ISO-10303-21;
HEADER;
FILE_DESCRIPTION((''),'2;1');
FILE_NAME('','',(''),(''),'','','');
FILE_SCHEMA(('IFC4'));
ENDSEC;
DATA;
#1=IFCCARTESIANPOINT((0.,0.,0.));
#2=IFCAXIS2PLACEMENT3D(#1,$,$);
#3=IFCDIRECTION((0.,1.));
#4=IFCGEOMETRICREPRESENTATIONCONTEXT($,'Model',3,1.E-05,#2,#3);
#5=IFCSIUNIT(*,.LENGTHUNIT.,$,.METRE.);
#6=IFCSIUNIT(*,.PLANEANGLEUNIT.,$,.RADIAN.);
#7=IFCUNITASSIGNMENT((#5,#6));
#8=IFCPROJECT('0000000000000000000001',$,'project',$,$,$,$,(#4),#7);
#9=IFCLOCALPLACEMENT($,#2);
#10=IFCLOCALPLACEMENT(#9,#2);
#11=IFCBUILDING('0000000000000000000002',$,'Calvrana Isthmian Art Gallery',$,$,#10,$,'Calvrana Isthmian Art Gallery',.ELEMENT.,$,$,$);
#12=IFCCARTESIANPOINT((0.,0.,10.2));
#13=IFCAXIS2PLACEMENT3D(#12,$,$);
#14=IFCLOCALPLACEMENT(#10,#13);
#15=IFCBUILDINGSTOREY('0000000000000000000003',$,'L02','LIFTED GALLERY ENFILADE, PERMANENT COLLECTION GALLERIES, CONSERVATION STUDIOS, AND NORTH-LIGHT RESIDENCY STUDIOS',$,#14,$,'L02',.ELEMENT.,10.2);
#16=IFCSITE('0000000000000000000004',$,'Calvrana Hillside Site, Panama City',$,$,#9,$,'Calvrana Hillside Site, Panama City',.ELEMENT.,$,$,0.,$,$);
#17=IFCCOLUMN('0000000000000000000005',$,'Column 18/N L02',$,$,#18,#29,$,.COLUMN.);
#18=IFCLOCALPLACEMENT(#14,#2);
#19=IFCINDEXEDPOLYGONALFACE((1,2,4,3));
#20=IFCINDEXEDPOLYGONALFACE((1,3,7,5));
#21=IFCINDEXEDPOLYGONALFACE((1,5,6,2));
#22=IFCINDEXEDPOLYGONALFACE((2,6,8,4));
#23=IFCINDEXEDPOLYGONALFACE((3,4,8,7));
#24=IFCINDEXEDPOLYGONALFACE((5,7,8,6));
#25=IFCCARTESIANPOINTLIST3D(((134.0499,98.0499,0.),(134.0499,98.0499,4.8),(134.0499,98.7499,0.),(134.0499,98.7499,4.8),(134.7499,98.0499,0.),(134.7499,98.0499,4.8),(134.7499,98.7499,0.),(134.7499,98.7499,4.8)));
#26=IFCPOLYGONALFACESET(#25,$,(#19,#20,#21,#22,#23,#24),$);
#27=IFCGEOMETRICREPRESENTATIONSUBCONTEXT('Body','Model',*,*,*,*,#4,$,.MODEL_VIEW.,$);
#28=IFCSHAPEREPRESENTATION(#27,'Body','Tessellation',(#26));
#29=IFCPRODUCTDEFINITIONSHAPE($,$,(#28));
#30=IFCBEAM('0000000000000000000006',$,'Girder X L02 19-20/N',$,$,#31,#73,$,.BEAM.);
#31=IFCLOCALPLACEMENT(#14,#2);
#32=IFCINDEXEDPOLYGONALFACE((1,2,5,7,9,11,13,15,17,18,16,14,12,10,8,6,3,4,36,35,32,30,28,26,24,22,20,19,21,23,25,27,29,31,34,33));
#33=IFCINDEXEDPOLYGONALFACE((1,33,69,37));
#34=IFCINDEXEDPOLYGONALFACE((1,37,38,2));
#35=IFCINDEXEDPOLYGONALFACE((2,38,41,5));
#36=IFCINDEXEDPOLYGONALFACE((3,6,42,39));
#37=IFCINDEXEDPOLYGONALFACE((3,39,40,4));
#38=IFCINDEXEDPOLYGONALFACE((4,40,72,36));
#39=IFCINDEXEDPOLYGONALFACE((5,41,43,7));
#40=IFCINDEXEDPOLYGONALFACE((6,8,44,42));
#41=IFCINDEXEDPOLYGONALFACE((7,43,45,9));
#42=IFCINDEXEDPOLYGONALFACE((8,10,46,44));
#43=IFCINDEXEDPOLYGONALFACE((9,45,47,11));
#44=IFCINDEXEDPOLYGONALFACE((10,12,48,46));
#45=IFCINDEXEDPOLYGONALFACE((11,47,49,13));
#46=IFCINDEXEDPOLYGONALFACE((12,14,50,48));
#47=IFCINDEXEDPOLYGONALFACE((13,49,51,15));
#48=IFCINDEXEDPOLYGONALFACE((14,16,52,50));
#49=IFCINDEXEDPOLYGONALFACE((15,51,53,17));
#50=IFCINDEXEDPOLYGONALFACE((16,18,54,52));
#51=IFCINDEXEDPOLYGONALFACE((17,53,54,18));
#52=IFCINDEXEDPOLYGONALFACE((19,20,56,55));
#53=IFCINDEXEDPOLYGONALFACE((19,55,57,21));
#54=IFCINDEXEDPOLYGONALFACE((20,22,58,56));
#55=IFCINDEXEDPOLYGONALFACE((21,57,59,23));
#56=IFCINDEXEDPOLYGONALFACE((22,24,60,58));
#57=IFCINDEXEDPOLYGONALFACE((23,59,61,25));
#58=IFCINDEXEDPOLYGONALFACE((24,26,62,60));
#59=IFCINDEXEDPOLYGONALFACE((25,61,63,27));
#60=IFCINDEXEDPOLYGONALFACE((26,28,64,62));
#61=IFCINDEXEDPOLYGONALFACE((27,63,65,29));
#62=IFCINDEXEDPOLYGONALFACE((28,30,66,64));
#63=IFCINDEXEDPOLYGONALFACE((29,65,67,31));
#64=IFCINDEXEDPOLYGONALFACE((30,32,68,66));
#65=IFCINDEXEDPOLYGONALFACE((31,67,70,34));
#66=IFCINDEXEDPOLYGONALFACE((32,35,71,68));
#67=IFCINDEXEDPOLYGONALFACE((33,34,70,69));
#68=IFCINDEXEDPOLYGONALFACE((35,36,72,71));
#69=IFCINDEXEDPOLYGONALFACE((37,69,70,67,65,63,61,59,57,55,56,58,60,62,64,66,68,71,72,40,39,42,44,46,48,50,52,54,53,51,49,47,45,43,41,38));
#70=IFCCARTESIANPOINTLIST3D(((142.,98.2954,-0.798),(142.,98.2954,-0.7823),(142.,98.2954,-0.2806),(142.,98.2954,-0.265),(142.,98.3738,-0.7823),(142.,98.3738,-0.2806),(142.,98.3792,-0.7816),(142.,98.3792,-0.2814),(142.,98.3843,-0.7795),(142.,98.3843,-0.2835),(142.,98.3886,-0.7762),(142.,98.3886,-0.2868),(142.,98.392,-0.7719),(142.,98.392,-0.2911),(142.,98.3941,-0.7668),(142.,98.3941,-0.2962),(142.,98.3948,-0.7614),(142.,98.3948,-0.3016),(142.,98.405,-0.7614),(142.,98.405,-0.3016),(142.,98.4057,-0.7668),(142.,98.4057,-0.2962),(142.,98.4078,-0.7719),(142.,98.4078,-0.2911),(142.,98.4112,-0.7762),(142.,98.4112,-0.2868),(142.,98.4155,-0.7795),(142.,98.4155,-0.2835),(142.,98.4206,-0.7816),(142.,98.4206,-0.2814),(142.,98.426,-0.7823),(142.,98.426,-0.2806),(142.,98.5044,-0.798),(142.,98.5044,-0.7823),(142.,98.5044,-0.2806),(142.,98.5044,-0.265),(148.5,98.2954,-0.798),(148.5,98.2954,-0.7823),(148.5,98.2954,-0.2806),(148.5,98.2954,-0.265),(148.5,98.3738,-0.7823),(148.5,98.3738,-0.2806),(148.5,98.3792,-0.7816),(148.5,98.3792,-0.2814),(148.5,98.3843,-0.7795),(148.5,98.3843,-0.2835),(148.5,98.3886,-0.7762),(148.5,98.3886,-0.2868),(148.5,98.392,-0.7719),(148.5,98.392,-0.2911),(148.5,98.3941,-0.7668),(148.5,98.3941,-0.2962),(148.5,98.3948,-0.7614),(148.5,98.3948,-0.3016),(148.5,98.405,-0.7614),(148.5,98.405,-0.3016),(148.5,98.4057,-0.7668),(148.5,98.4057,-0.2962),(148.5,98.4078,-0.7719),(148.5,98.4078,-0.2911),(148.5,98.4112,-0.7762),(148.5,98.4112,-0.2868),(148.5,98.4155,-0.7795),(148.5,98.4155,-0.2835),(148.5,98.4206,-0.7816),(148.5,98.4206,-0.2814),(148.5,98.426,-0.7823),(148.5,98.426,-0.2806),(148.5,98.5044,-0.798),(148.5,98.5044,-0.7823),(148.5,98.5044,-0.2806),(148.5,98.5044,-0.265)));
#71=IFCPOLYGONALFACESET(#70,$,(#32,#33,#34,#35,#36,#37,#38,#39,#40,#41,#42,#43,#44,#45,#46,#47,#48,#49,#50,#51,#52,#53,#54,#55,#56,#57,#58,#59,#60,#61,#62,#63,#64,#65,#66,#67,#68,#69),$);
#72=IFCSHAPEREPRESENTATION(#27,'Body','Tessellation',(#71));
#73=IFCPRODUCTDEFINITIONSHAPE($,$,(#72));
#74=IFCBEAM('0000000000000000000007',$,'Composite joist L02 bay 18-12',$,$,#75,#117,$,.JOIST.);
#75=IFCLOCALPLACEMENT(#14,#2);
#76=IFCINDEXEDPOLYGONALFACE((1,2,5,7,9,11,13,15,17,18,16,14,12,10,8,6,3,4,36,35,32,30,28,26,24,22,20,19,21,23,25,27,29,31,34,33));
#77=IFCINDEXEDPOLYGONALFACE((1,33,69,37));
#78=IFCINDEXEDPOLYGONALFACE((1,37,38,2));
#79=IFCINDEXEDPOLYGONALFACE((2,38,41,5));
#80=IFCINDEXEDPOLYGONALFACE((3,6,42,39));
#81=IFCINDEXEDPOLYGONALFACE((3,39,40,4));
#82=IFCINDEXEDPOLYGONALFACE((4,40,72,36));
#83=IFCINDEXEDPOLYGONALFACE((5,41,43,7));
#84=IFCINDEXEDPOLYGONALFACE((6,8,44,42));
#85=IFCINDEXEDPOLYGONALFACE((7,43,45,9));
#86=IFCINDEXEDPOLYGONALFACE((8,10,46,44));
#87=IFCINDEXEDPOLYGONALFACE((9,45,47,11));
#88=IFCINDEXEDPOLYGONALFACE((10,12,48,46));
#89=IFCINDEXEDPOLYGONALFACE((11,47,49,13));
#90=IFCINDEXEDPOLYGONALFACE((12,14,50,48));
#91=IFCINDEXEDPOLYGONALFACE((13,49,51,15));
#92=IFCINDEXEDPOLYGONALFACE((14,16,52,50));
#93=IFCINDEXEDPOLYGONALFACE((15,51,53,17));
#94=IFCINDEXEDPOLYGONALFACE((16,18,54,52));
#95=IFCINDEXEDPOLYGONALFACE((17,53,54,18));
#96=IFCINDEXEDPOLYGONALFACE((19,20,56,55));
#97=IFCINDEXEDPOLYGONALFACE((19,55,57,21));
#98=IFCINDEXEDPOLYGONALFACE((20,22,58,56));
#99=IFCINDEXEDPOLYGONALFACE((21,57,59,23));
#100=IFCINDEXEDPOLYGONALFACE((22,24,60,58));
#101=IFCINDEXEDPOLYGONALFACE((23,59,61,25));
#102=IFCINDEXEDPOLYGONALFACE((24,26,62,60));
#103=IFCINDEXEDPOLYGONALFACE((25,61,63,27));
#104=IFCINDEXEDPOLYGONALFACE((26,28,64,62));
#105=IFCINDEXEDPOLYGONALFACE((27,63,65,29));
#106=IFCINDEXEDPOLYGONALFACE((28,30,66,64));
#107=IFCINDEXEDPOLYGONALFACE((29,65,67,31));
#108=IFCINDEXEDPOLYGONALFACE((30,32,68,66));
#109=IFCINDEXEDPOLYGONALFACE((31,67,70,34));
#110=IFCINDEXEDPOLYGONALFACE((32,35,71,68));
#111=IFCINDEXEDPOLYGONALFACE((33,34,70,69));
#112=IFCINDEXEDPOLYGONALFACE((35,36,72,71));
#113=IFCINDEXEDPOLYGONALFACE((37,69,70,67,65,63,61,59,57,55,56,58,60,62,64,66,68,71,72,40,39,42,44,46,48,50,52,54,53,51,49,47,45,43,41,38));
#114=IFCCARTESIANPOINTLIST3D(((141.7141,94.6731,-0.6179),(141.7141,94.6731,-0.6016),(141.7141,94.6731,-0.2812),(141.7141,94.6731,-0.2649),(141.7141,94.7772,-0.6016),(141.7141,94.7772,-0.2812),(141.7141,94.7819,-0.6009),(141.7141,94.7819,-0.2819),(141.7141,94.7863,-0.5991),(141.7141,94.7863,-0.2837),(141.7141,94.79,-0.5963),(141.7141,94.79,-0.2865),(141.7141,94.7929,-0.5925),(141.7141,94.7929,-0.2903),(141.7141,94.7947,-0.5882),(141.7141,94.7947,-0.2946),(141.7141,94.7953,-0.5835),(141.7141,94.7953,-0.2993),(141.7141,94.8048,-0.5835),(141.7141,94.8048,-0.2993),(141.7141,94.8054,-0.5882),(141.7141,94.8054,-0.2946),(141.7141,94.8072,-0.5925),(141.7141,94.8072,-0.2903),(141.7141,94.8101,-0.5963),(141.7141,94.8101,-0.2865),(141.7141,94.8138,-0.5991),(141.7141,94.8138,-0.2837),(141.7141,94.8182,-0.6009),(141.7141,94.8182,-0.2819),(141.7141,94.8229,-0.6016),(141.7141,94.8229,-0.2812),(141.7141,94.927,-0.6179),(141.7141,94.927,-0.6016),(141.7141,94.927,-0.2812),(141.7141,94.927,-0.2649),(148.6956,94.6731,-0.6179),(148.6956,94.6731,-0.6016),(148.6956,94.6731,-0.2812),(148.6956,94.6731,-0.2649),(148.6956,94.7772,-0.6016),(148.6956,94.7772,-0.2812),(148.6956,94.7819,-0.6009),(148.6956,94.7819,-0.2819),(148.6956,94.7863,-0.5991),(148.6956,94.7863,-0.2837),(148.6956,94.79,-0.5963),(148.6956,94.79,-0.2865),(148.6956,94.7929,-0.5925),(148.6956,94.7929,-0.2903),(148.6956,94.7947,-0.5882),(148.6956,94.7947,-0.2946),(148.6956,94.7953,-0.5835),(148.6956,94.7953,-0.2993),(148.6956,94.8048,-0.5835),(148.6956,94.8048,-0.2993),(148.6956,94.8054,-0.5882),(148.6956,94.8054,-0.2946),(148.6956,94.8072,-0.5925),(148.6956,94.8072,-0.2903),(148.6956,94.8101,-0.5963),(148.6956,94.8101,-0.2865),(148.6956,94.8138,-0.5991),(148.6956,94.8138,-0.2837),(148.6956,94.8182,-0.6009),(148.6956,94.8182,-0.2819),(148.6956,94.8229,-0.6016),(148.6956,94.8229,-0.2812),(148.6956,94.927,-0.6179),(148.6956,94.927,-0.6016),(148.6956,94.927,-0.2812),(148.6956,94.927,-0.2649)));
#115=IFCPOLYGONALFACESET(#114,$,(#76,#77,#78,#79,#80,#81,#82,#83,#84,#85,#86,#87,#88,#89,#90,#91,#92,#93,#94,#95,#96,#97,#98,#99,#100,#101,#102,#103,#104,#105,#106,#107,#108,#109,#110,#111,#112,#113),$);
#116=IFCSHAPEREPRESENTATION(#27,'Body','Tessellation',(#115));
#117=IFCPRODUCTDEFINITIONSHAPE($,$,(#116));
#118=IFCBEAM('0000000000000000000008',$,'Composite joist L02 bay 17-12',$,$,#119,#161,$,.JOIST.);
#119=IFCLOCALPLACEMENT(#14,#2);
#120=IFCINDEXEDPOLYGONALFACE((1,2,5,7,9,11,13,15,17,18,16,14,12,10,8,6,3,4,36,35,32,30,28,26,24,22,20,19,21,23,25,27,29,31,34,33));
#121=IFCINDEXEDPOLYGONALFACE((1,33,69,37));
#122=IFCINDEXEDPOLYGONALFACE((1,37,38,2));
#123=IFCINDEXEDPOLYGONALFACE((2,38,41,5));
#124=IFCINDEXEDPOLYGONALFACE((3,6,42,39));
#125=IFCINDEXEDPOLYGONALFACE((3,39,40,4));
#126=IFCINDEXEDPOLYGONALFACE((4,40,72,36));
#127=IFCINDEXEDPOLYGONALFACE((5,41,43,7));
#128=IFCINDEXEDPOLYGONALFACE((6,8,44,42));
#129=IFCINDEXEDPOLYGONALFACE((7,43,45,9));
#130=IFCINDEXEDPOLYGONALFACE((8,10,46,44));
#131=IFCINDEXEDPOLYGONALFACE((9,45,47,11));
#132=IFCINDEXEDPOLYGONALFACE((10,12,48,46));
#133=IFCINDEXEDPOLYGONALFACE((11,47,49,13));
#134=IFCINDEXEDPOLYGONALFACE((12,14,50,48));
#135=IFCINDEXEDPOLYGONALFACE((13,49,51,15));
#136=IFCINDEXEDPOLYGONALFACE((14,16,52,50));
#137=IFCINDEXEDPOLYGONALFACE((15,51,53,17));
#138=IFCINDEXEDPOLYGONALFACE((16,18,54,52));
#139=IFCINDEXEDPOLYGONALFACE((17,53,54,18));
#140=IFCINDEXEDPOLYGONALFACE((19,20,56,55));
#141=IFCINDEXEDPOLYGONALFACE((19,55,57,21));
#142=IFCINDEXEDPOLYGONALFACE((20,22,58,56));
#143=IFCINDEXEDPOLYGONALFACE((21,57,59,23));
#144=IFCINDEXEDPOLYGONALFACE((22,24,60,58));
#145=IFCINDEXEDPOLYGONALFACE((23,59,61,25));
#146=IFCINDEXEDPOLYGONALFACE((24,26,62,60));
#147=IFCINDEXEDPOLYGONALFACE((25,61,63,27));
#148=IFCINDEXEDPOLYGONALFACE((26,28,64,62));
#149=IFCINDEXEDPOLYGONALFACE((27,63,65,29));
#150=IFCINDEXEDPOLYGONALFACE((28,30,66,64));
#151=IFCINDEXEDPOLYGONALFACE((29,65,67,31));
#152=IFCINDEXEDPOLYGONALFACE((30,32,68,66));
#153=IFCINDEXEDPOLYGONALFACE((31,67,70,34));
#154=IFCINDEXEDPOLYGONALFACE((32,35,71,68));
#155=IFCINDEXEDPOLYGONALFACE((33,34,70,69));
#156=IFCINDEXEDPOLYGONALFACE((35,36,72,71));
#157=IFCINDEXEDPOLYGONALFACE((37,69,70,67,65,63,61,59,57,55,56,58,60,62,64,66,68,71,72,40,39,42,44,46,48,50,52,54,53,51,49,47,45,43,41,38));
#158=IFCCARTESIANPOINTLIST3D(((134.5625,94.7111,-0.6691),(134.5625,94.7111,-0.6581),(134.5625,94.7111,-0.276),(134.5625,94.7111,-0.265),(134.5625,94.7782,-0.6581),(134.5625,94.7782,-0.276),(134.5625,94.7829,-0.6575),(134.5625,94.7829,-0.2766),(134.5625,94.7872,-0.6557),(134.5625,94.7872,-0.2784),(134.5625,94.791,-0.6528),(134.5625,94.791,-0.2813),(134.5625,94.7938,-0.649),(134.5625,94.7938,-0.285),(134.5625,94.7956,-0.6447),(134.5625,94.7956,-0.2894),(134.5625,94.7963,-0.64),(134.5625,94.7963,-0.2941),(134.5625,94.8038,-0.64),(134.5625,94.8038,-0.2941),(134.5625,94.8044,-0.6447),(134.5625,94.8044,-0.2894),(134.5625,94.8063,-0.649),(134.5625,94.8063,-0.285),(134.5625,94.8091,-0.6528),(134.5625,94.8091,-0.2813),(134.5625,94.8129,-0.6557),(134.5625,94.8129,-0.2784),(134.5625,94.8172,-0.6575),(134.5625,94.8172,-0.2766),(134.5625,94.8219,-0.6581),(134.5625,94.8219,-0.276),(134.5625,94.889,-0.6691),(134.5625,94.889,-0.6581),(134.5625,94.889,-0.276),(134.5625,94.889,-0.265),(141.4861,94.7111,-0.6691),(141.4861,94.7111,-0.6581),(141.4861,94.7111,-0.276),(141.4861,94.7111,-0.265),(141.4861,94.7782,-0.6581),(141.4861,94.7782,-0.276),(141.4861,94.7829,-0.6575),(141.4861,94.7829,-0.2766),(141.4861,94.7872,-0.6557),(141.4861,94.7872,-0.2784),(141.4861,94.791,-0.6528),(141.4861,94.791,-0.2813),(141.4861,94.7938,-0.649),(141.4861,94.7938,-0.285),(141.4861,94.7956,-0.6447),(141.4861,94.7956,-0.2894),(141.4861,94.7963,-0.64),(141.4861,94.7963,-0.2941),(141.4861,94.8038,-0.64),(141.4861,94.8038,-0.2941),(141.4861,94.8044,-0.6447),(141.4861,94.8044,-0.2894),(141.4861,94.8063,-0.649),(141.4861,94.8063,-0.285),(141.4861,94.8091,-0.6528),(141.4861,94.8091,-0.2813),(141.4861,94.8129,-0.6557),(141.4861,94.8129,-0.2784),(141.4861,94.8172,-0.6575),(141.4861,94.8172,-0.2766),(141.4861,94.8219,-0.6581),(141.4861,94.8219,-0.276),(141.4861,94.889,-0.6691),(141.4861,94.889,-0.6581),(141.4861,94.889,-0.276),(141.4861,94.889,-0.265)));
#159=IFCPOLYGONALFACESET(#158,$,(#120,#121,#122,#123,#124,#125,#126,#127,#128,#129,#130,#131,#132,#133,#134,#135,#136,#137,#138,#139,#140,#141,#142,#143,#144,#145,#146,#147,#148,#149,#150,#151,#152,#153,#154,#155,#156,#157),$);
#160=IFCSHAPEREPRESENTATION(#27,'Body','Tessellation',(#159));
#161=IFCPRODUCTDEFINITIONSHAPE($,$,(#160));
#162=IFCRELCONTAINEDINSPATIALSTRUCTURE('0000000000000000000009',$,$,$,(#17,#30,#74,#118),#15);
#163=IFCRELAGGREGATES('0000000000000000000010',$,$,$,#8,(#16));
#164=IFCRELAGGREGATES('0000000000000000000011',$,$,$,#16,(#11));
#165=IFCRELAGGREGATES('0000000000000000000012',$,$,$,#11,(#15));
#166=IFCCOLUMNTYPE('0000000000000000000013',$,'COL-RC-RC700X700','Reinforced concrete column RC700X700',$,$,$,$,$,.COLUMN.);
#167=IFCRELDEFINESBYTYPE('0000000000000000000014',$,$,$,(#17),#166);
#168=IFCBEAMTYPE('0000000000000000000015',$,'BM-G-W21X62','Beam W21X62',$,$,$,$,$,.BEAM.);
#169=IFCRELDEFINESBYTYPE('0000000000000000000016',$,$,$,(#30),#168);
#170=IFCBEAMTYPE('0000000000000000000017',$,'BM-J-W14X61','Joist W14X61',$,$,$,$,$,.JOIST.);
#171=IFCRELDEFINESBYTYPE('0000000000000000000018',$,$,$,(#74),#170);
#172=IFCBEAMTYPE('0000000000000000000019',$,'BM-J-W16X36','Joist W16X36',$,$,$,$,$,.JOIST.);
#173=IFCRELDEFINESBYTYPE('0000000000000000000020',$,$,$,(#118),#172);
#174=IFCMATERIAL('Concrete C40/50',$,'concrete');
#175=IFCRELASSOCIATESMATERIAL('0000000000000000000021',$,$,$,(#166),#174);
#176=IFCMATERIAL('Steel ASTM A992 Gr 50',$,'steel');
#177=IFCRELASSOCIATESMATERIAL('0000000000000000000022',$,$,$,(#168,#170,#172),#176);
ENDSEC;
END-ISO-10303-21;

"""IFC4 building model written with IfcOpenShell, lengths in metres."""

from ifc_helpers import new_model, si_unit, direction, frame, origin, origin_2d, place, context, subcontext, project, spatial, rectangle, i_section, extrude, material, material_profile, profile_set, type_object, element, save


model = new_model("IFC4")

# Units and contexts
model_context = context("Model", 3, precision=1e-05, world=origin(), true_north=direction((0.0, 1.0)))
body_context = subcontext(model_context, "Body", "Model", "MODEL_VIEW")
ifc_project = project(units=[si_unit("LENGTHUNIT", "METRE"), si_unit("PLANEANGLEUNIT", "RADIAN")], contexts=[model_context])

# Site, building, storey
site_placement = place(None, origin())
site = spatial("IfcSite", under=ifc_project, at=site_placement, Name="Calvrana Hillside Site, Panama City", LongName="Calvrana Hillside Site, Panama City", CompositionType="ELEMENT", RefElevation=0.0)
building_placement = place(site_placement, origin())
building = spatial("IfcBuilding", under=site, at=building_placement, Name="Calvrana Isthmian Art Gallery", LongName="Calvrana Isthmian Art Gallery", CompositionType="ELEMENT")
storey_placement = place(building_placement, frame((0.0, 0.0, 10.2)))
storey = spatial("IfcBuildingStorey", under=building, at=storey_placement, Name="L02", Description="LIFTED GALLERY ENFILADE, PERMANENT COLLECTION GALLERIES, CONSERVATION STUDIOS, AND NORTH-LIGHT RESIDENCY STUDIOS", LongName="L02", CompositionType="ELEMENT", Elevation=10.2)

# Column
ifc_material_1 = material(Name="Concrete C40/50", Category="concrete")
ifc_material_profile_1 = material_profile(ifc_material_1, rectangle(XDim=0.7, YDim=0.7, at=origin_2d()), Name="RC700X700")
ifc_profile_set_1 = profile_set([ifc_material_profile_1], Name="Concrete C40/50")
column_type = type_object("IfcColumnType", Name="COL-RC-RC700X700", Description="Reinforced concrete column RC700X700", PredefinedType="COLUMN", material=ifc_profile_set_1)
column_placement = place(storey_placement, frame((134.3999, 98.3999, 0.0), z_axis=(0.0, 0.0, 1.0), x_axis=(1.0, 0.0, 0.0)))
element("IfcColumn", 1, at=column_placement, inside=storey, type_object=column_type, Name="Column 18/N L02", PredefinedType="COLUMN", context=body_context, shape_type="SweptSolid", body=[
    extrude(rectangle(XDim=0.7, YDim=0.7, at=origin_2d()), origin(), (0.0, 0.0, 1.0), 4.8),
])

# Beams
ifc_material_2 = material(Name="Steel ASTM A992 Gr 50", Category="steel")
ifc_material_profile_2 = material_profile(ifc_material_2, i_section(OverallWidth=0.209, OverallDepth=0.533, WebThickness=0.0103, FlangeThickness=0.0156, FilletRadius=0.021, at=origin_2d()), Name="W21X62")
ifc_profile_set_2 = profile_set([ifc_material_profile_2], Name="Steel ASTM A992 Gr 50")
beam_type_1 = type_object("IfcBeamType", Name="BM-G-W21X62", Description="Beam W21X62", PredefinedType="BEAM", material=ifc_profile_set_2)
beam_1_placement = place(storey_placement, frame((142.0, 98.3999, -0.5315), z_axis=(1.0, 0.0, 0.0), x_axis=(0.0, 1.0, 0.0)))
element("IfcBeam", 2, at=beam_1_placement, inside=storey, type_object=beam_type_1, Name="Girder X L02 19-20/N", PredefinedType="BEAM", context=body_context, shape_type="SweptSolid", body=[
    extrude(i_section(OverallWidth=0.209, OverallDepth=0.533, WebThickness=0.0103, FlangeThickness=0.0156, FilletRadius=0.021, at=origin_2d()), origin(), (0.0, 0.0, 1.0), 6.5),
])
ifc_material_profile_3 = material_profile(ifc_material_2, i_section(OverallWidth=0.2539, OverallDepth=0.353, WebThickness=0.0095, FlangeThickness=0.0164, FilletRadius=0.0181, at=origin_2d()), Name="W14X61")
ifc_profile_set_3 = profile_set([ifc_material_profile_3], Name="Steel ASTM A992 Gr 50")
beam_type_2 = type_object("IfcBeamType", Name="BM-J-W14X61", Description="Joist W14X61", PredefinedType="JOIST", material=ifc_profile_set_3)
beam_2_placement = place(storey_placement, frame((141.7141, 94.8, -0.4414), z_axis=(1.0, 0.0, 0.0), x_axis=(0.0, 1.0, 0.0)))
element("IfcBeam", 3, at=beam_2_placement, inside=storey, type_object=beam_type_2, Name="Composite joist L02 bay 18-12", PredefinedType="JOIST", context=body_context, shape_type="SweptSolid", body=[
    extrude(i_section(OverallWidth=0.2539, OverallDepth=0.353, WebThickness=0.0095, FlangeThickness=0.0164, FilletRadius=0.0181, at=origin_2d()), origin(), (0.0, 0.0, 1.0), 6.9814),
])
ifc_material_profile_4 = material_profile(ifc_material_2, i_section(OverallWidth=0.178, OverallDepth=0.4041, WebThickness=0.0076, FlangeThickness=0.011, FilletRadius=0.0181, at=origin_2d()), Name="W16X36")
ifc_profile_set_4 = profile_set([ifc_material_profile_4], Name="Steel ASTM A992 Gr 50")
beam_type_3 = type_object("IfcBeamType", Name="BM-J-W16X36", Description="Joist W16X36", PredefinedType="JOIST", material=ifc_profile_set_4)
beam_3_placement = place(storey_placement, frame((134.5625, 94.8, -0.467), z_axis=(1.0, 0.0, 0.0), x_axis=(0.0, 1.0, 0.0)))
element("IfcBeam", 4, at=beam_3_placement, inside=storey, type_object=beam_type_3, Name="Composite joist L02 bay 17-12", PredefinedType="JOIST", context=body_context, shape_type="SweptSolid", body=[
    extrude(i_section(OverallWidth=0.178, OverallDepth=0.4041, WebThickness=0.0076, FlangeThickness=0.011, FilletRadius=0.0181, at=origin_2d()), origin(), (0.0, 0.0, 1.0), 6.9236),
])

save(model, "model.ifc")
